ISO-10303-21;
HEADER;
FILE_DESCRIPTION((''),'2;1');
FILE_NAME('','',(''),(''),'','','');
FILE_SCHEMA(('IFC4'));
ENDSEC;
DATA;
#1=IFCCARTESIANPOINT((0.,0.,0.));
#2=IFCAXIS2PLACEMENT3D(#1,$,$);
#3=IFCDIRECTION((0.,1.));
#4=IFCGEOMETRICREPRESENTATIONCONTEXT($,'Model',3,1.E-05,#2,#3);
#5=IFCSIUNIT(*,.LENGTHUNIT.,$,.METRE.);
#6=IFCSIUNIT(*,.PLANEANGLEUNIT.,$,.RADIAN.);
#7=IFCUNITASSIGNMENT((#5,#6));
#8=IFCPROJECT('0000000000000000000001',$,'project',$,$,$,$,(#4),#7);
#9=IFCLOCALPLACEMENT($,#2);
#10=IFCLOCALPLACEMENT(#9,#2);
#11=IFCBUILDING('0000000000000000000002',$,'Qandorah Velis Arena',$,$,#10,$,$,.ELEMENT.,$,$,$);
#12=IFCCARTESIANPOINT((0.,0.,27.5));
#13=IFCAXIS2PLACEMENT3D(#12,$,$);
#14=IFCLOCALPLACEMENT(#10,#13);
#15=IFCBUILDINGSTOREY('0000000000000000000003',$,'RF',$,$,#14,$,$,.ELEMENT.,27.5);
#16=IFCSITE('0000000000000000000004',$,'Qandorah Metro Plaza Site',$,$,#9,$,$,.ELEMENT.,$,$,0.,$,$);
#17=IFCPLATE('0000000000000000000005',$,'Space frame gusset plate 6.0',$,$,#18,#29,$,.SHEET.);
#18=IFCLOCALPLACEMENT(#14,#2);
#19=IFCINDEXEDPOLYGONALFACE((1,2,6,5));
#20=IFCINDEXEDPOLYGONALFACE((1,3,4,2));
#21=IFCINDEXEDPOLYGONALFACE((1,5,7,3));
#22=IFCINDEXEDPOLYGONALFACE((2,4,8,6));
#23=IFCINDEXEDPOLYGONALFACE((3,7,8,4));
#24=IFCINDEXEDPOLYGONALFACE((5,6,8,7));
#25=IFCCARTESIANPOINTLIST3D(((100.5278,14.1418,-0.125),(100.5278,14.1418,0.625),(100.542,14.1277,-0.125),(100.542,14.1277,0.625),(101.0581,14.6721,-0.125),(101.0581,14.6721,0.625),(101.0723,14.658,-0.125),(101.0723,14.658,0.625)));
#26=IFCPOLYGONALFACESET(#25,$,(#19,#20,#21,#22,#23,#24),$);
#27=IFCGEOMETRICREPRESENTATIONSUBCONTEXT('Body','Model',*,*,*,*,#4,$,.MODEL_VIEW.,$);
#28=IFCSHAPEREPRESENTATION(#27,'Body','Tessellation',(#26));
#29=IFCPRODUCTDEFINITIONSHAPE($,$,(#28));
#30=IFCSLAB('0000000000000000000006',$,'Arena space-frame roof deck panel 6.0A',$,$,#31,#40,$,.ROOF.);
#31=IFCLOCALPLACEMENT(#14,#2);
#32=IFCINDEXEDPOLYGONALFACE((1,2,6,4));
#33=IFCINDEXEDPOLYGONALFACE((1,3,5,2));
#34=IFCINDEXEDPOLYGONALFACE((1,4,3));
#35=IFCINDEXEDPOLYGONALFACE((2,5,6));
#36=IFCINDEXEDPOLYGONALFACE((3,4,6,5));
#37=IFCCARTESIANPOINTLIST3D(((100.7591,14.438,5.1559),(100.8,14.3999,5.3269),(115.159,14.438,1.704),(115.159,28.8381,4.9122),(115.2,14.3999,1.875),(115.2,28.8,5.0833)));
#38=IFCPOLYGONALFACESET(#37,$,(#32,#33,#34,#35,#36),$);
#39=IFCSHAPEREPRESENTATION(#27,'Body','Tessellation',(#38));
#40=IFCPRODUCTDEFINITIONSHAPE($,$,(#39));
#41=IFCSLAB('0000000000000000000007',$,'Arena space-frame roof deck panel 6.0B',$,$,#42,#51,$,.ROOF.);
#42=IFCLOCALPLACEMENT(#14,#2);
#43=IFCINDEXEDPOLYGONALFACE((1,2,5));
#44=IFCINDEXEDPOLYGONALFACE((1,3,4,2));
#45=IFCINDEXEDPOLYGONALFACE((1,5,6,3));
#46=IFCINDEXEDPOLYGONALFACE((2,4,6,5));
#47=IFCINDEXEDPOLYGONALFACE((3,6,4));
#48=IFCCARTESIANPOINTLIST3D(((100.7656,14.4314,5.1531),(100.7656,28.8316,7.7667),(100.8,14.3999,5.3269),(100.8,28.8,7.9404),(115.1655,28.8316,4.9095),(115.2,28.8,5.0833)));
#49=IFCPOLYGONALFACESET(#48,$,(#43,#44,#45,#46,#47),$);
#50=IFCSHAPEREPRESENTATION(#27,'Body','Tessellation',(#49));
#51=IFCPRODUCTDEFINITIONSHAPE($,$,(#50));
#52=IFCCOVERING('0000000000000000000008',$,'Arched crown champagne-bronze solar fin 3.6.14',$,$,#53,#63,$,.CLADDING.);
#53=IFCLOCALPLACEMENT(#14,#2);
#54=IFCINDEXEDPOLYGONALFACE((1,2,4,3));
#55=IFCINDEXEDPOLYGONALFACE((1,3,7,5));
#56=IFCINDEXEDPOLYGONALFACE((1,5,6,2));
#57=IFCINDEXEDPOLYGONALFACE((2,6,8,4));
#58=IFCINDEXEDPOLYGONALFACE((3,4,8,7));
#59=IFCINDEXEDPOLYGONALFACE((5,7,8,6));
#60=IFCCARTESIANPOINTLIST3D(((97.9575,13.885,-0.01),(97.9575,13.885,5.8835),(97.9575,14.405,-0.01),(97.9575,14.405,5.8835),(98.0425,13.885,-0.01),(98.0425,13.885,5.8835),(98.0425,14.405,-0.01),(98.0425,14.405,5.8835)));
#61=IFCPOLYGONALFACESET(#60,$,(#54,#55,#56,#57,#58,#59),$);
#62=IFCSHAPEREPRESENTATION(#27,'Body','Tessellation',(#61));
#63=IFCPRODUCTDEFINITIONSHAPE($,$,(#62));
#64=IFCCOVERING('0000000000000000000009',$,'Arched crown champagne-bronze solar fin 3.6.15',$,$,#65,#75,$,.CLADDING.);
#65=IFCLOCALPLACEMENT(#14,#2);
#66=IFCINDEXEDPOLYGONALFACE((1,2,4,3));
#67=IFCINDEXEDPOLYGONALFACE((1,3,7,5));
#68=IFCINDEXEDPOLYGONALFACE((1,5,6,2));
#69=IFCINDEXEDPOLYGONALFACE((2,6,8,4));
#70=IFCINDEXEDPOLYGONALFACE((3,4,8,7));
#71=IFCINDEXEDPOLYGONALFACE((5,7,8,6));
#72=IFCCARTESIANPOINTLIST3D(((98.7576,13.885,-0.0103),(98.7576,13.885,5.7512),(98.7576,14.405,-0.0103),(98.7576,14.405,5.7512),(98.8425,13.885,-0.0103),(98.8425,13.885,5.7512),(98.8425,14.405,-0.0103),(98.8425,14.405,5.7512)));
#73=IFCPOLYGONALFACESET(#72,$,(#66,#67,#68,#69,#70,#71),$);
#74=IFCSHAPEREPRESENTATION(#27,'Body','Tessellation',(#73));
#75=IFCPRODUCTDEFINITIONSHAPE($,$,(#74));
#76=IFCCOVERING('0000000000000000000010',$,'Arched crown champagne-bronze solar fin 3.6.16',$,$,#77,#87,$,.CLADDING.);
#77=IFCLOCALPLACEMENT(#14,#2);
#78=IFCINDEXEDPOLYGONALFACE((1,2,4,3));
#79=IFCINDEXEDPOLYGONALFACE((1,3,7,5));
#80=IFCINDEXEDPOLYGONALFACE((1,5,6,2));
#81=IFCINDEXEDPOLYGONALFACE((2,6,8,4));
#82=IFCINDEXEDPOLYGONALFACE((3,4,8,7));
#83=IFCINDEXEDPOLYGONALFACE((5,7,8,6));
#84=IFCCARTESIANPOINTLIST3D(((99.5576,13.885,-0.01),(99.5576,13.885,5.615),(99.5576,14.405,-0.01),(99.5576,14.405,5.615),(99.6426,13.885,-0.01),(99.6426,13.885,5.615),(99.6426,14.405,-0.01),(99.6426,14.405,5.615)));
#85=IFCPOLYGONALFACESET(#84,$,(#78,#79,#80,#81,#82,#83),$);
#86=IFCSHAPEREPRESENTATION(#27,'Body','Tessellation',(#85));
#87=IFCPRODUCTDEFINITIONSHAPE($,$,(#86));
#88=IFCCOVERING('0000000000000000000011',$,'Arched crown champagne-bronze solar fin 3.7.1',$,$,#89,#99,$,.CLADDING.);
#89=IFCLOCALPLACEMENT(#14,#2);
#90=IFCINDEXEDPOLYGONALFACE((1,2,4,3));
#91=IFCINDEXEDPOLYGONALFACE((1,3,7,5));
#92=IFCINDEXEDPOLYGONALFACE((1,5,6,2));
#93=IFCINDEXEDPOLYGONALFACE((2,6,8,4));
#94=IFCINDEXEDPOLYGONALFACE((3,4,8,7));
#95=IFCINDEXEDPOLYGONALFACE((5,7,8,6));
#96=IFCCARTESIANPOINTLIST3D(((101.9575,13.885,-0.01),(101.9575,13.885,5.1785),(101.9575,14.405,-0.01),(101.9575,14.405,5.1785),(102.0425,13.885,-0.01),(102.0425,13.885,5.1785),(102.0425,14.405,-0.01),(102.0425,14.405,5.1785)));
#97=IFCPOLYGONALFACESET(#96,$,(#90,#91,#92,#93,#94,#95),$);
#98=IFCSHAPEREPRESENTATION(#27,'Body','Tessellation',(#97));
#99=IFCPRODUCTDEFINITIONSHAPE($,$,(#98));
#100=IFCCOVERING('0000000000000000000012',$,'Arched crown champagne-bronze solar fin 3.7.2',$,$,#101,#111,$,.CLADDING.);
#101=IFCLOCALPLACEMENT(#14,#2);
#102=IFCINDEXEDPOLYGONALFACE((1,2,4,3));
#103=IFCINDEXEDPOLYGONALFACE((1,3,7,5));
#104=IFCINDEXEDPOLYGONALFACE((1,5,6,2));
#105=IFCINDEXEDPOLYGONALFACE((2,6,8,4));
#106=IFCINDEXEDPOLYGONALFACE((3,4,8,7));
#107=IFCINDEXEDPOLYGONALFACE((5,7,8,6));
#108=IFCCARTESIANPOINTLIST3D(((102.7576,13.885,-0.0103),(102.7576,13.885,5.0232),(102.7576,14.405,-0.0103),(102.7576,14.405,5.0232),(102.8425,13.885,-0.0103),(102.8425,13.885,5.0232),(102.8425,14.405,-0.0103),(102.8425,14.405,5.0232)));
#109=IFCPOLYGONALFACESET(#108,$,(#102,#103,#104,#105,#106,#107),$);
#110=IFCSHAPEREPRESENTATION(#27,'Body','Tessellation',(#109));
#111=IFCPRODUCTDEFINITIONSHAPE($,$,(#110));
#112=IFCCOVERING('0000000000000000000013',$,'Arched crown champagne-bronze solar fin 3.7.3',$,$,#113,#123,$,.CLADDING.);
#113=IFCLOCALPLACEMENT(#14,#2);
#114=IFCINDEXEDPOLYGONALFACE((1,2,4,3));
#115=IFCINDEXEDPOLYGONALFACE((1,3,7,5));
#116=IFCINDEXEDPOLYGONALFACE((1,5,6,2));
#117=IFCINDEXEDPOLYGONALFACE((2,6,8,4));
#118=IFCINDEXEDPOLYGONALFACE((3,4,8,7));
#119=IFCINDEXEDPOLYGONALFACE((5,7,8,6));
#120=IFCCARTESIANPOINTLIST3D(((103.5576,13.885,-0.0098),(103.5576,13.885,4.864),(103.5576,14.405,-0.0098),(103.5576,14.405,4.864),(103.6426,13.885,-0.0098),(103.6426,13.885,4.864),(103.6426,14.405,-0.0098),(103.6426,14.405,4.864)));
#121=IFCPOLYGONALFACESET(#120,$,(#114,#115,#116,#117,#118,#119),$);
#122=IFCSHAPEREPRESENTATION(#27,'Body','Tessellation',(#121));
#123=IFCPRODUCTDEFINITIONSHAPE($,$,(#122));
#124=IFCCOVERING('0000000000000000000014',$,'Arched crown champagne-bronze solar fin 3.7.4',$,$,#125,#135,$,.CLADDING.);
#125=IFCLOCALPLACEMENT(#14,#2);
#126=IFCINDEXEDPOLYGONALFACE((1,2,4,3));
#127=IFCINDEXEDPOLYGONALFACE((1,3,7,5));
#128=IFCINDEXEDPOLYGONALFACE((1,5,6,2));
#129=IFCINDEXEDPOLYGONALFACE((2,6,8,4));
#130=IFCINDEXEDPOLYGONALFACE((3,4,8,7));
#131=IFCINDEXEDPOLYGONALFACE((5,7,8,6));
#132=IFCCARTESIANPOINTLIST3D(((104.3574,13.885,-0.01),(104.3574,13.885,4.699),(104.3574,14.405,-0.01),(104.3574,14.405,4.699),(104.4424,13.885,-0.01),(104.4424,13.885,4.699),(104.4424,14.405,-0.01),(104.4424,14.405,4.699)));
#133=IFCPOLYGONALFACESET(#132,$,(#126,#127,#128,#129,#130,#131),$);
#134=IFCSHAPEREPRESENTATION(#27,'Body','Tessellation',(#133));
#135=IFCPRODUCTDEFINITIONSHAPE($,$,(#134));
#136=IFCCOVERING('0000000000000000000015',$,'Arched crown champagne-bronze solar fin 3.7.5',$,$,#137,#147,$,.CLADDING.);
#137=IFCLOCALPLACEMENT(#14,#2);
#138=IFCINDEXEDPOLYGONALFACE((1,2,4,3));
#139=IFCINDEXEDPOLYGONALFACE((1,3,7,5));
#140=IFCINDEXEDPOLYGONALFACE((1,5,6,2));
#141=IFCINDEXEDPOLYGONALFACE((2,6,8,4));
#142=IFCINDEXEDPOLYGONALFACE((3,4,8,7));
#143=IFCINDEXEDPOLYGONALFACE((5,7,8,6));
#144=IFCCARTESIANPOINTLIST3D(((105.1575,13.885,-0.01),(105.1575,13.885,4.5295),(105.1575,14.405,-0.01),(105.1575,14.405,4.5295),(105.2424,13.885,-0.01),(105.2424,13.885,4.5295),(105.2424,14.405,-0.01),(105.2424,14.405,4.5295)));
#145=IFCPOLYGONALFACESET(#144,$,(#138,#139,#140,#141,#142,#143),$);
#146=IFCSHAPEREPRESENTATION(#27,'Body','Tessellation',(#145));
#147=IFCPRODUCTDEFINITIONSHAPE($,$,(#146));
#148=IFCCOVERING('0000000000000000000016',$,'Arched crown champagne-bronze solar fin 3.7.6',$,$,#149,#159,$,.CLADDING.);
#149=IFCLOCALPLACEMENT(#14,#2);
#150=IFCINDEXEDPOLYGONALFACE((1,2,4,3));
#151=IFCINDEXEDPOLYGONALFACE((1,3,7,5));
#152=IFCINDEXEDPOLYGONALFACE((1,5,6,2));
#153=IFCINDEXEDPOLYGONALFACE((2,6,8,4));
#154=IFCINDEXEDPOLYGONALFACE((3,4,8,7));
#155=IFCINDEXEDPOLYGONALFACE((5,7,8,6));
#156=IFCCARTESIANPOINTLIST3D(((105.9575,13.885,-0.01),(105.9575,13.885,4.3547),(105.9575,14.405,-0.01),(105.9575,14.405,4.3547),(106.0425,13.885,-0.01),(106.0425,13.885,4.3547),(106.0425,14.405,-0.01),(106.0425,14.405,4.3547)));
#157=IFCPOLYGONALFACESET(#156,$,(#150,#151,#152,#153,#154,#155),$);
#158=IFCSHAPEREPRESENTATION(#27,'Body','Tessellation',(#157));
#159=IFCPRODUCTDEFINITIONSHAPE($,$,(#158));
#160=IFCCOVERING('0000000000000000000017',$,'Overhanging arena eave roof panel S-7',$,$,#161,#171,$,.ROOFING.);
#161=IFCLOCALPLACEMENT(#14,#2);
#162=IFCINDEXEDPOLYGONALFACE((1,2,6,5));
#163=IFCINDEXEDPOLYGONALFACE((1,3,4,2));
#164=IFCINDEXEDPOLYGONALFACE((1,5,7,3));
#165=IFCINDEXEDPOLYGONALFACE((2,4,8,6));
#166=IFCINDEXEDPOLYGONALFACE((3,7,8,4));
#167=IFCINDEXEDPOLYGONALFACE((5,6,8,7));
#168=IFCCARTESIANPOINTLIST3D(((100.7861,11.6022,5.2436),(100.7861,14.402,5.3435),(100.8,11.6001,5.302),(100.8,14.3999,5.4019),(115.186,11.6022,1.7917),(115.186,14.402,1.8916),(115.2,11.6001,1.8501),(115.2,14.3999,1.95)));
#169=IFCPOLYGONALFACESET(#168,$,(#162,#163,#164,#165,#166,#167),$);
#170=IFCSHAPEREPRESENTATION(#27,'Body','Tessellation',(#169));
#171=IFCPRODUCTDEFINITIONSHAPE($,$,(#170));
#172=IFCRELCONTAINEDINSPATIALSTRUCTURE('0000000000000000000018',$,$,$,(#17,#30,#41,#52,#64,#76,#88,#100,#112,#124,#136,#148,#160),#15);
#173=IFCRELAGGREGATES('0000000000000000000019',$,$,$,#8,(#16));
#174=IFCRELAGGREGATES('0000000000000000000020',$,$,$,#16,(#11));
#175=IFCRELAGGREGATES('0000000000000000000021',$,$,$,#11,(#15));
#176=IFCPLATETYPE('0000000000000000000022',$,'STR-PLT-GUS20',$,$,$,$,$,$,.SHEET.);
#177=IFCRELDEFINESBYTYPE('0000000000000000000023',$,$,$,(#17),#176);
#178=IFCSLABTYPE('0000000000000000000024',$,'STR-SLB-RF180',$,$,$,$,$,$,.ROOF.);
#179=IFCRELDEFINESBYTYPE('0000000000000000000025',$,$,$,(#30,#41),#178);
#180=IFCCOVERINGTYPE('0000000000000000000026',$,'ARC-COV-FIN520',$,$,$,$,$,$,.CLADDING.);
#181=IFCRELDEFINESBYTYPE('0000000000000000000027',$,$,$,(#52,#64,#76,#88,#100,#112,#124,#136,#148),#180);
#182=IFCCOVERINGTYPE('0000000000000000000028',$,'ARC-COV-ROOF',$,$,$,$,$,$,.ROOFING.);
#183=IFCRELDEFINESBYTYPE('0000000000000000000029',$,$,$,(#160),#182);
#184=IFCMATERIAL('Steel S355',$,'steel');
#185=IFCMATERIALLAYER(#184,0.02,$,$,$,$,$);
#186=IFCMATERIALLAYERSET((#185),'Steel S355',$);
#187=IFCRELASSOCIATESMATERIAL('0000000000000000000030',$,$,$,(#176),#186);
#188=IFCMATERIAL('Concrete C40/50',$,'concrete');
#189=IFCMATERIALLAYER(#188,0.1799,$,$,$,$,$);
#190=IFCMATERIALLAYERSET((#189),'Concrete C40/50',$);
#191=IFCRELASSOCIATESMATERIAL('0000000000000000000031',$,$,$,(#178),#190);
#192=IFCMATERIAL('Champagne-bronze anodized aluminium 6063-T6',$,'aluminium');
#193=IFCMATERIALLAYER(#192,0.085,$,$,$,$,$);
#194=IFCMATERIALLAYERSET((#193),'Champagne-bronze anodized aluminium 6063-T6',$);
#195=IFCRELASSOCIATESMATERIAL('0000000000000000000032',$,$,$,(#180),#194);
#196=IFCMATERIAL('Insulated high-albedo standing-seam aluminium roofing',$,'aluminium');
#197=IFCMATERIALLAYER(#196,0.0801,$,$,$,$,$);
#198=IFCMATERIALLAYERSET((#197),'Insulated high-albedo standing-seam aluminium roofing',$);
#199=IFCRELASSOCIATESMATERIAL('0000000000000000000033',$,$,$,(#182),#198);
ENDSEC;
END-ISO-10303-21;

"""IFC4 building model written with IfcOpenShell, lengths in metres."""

from ifc_helpers import new_model, si_unit, direction, frame, origin, origin_2d, place, context, subcontext, project, spatial, polyline, rectangle, outline, extrude, material, layer, layer_set, type_object, element, save


model = new_model("IFC4")

# Units and contexts
model_context = context("Model", 3, precision=1e-05, world=origin(), true_north=direction((0.0, 1.0)))
body_context = subcontext(model_context, "Body", "Model", "MODEL_VIEW")
ifc_project = project(units=[si_unit("LENGTHUNIT", "METRE"), si_unit("PLANEANGLEUNIT", "RADIAN")], contexts=[model_context])

# Site, building, storey
site_placement = place(None, origin())
site = spatial("IfcSite", under=ifc_project, at=site_placement, Name="Qandorah Metro Plaza Site", CompositionType="ELEMENT", RefElevation=0.0)
building_placement = place(site_placement, origin())
building = spatial("IfcBuilding", under=site, at=building_placement, Name="Qandorah Velis Arena", CompositionType="ELEMENT")
storey_placement = place(building_placement, frame((0.0, 0.0, 27.5)))
storey = spatial("IfcBuildingStorey", under=building, at=storey_placement, Name="RF", CompositionType="ELEMENT", Elevation=27.5)

# Shared definitions
ifc_material_1 = material(Name="Champagne-bronze anodized aluminium 6063-T6", Category="aluminium")

# Shared definitions
ifc_material_2 = material(Name="Steel S355", Category="steel")

# Plate
ifc_layer_1 = layer(ifc_material_2, 0.02)
ifc_layer_set_1 = layer_set([ifc_layer_1], Name="Steel S355")
plate_type_1 = type_object("IfcPlateType", Name="STR-PLT-GUS20", PredefinedType="SHEET", material=ifc_layer_set_1)
plate_1_placement = place(storey_placement, frame((100.8, 14.3999, -0.125), z_axis=(0.0, 0.0, 1.0), x_axis=(0.707107, 0.707107, 0.0)))
element("IfcPlate", 1, at=plate_1_placement, inside=storey, type_object=plate_type_1, Name="Space frame gusset plate 6.0", PredefinedType="SHEET", context=body_context, shape_type="SweptSolid", body=[
    extrude(rectangle(XDim=0.75, YDim=0.02, at=origin_2d()), origin(), (0.0, 0.0, 1.0), 0.75),
])

# Slabs
ifc_material_3 = material(Name="Concrete C40/50", Category="concrete")
ifc_layer_2 = layer(ifc_material_3, 0.1799)
ifc_layer_set_2 = layer_set([ifc_layer_2], Name="Concrete C40/50")
slab_type = type_object("IfcSlabType", Name="STR-SLB-RF180", PredefinedType="ROOF", material=ifc_layer_set_2)
slab_1_placement = place(storey_placement, frame((100.8, 14.3999, 5.3269), z_axis=(0.227827, -0.211742, 0.9504), x_axis=(0.97245, 0.0, -0.233113)))
element("IfcSlab", 2, at=slab_1_placement, inside=storey, type_object=slab_type, Name="Arena space-frame roof deck panel 6.0A", PredefinedType="ROOF", context=body_context, shape_type="SweptSolid", body=[
    extrude(outline(polyline([(0.0, 0.0), (14.8079, 0.0), (14.06, 14.7342), (0.0, 0.0)])), origin(), (0.0, 0.0, -1.0), 0.1799),
])
slab_2_placement = place(storey_placement, frame((100.8, 14.3999, 5.3269), z_axis=(0.19161, -0.175267, 0.965695), x_axis=(0.70705, 0.707062, -0.011964)))
element("IfcSlab", 3, at=slab_2_placement, inside=storey, type_object=slab_type, Name="Arena space-frame roof deck panel 6.0B", PredefinedType="ROOF", context=body_context, shape_type="SweptSolid", body=[
    extrude(outline(polyline([(0.0, 0.0), (20.3662, 0.0), (10.1505, 10.5433), (0.0, 0.0)])), origin(), (0.0, 0.0, -1.0), 0.1799),
])

# Coverings
ifc_layer_3 = layer(ifc_material_1, 0.085)
ifc_layer_set_3 = layer_set([ifc_layer_3], Name="Champagne-bronze anodized aluminium 6063-T6")
covering_type_1 = type_object("IfcCoveringType", Name="ARC-COV-FIN520", PredefinedType="CLADDING", material=ifc_layer_set_3)
covering_1_placement = place(storey_placement, frame((98.0, 14.145, -0.01), z_axis=(0.0, 0.0, 1.0), x_axis=(1.0, 0.0, 0.0)))
element("IfcCovering", 4, at=covering_1_placement, inside=storey, type_object=covering_type_1, Name="Arched crown champagne-bronze solar fin 3.6.14", PredefinedType="CLADDING", context=body_context, shape_type="SweptSolid", body=[
    extrude(rectangle(XDim=0.085, YDim=0.52, at=origin_2d()), origin(), (0.0, 0.0, 1.0), 5.8936),
])
covering_2_placement = place(storey_placement, frame((98.8, 14.145, -0.0103), z_axis=(0.0, 0.0, 1.0), x_axis=(1.0, 0.0, 0.0)))
element("IfcCovering", 5, at=covering_2_placement, inside=storey, type_object=covering_type_1, Name="Arched crown champagne-bronze solar fin 3.6.15", PredefinedType="CLADDING", context=body_context, shape_type="SweptSolid", body=[
    extrude(rectangle(XDim=0.085, YDim=0.52, at=origin_2d()), origin(), (0.0, 0.0, 1.0), 5.7615),
])
covering_3_placement = place(storey_placement, frame((99.6001, 14.145, -0.01), z_axis=(0.0, 0.0, 1.0), x_axis=(1.0, 0.0, 0.0)))
element("IfcCovering", 6, at=covering_3_placement, inside=storey, type_object=covering_type_1, Name="Arched crown champagne-bronze solar fin 3.6.16", PredefinedType="CLADDING", context=body_context, shape_type="SweptSolid", body=[
    extrude(rectangle(XDim=0.085, YDim=0.52, at=origin_2d()), origin(), (0.0, 0.0, 1.0), 5.625),
])
covering_4_placement = place(storey_placement, frame((102.0, 14.145, -0.01), z_axis=(0.0, 0.0, 1.0), x_axis=(1.0, 0.0, 0.0)))
element("IfcCovering", 7, at=covering_4_placement, inside=storey, type_object=covering_type_1, Name="Arched crown champagne-bronze solar fin 3.7.1", PredefinedType="CLADDING", context=body_context, shape_type="SweptSolid", body=[
    extrude(rectangle(XDim=0.085, YDim=0.52, at=origin_2d()), origin(), (0.0, 0.0, 1.0), 5.1885),
])
covering_5_placement = place(storey_placement, frame((102.8, 14.145, -0.0103), z_axis=(0.0, 0.0, 1.0), x_axis=(1.0, 0.0, 0.0)))
element("IfcCovering", 8, at=covering_5_placement, inside=storey, type_object=covering_type_1, Name="Arched crown champagne-bronze solar fin 3.7.2", PredefinedType="CLADDING", context=body_context, shape_type="SweptSolid", body=[
    extrude(rectangle(XDim=0.085, YDim=0.52, at=origin_2d()), origin(), (0.0, 0.0, 1.0), 5.0334),
])
covering_6_placement = place(storey_placement, frame((103.6001, 14.145, -0.0098), z_axis=(0.0, 0.0, 1.0), x_axis=(1.0, 0.0, 0.0)))
element("IfcCovering", 9, at=covering_6_placement, inside=storey, type_object=covering_type_1, Name="Arched crown champagne-bronze solar fin 3.7.3", PredefinedType="CLADDING", context=body_context, shape_type="SweptSolid", body=[
    extrude(rectangle(XDim=0.085, YDim=0.52, at=origin_2d()), origin(), (0.0, 0.0, 1.0), 4.8738),
])
covering_7_placement = place(storey_placement, frame((104.3999, 14.145, -0.01), z_axis=(0.0, 0.0, 1.0), x_axis=(1.0, 0.0, 0.0)))
element("IfcCovering", 10, at=covering_7_placement, inside=storey, type_object=covering_type_1, Name="Arched crown champagne-bronze solar fin 3.7.4", PredefinedType="CLADDING", context=body_context, shape_type="SweptSolid", body=[
    extrude(rectangle(XDim=0.085, YDim=0.52, at=origin_2d()), origin(), (0.0, 0.0, 1.0), 4.709),
])
covering_8_placement = place(storey_placement, frame((105.2, 14.145, -0.01), z_axis=(0.0, 0.0, 1.0), x_axis=(1.0, 0.0, 0.0)))
element("IfcCovering", 11, at=covering_8_placement, inside=storey, type_object=covering_type_1, Name="Arched crown champagne-bronze solar fin 3.7.5", PredefinedType="CLADDING", context=body_context, shape_type="SweptSolid", body=[
    extrude(rectangle(XDim=0.085, YDim=0.52, at=origin_2d()), origin(), (0.0, 0.0, 1.0), 4.5396),
])
covering_9_placement = place(storey_placement, frame((106.0, 14.145, -0.01), z_axis=(0.0, 0.0, 1.0), x_axis=(1.0, 0.0, 0.0)))
element("IfcCovering", 12, at=covering_9_placement, inside=storey, type_object=covering_type_1, Name="Arched crown champagne-bronze solar fin 3.7.6", PredefinedType="CLADDING", context=body_context, shape_type="SweptSolid", body=[
    extrude(rectangle(XDim=0.085, YDim=0.52, at=origin_2d()), origin(), (0.0, 0.0, 1.0), 4.3647),
])
ifc_material_4 = material(Name="Insulated high-albedo standing-seam aluminium roofing", Category="aluminium")
ifc_layer_4 = layer(ifc_material_4, 0.0801)
ifc_layer_set_4 = layer_set([ifc_layer_4], Name="Insulated high-albedo standing-seam aluminium roofing")
covering_type_2 = type_object("IfcCoveringType", Name="ARC-COV-ROOF", PredefinedType="ROOFING", material=ifc_layer_set_4)
covering_10_placement = place(storey_placement, frame((100.8, 11.6001, 5.302), z_axis=(0.232973, -0.034661, 0.971865), x_axis=(0.97245, 0.0, -0.233113)))
element("IfcCovering", 13, at=covering_10_placement, inside=storey, type_object=covering_type_2, Name="Overhanging arena eave roof panel S-7", PredefinedType="ROOFING", context=body_context, shape_type="SweptSolid", body=[
    extrude(outline(polyline([(0.0, 0.0), (14.8079, 0.0), (14.7846, 2.8015), (-0.0233, 2.8015), (0.0, 0.0)])), origin(), (0.0, 0.0, -1.0), 0.0601),
])

save(model, "model.ifc")
